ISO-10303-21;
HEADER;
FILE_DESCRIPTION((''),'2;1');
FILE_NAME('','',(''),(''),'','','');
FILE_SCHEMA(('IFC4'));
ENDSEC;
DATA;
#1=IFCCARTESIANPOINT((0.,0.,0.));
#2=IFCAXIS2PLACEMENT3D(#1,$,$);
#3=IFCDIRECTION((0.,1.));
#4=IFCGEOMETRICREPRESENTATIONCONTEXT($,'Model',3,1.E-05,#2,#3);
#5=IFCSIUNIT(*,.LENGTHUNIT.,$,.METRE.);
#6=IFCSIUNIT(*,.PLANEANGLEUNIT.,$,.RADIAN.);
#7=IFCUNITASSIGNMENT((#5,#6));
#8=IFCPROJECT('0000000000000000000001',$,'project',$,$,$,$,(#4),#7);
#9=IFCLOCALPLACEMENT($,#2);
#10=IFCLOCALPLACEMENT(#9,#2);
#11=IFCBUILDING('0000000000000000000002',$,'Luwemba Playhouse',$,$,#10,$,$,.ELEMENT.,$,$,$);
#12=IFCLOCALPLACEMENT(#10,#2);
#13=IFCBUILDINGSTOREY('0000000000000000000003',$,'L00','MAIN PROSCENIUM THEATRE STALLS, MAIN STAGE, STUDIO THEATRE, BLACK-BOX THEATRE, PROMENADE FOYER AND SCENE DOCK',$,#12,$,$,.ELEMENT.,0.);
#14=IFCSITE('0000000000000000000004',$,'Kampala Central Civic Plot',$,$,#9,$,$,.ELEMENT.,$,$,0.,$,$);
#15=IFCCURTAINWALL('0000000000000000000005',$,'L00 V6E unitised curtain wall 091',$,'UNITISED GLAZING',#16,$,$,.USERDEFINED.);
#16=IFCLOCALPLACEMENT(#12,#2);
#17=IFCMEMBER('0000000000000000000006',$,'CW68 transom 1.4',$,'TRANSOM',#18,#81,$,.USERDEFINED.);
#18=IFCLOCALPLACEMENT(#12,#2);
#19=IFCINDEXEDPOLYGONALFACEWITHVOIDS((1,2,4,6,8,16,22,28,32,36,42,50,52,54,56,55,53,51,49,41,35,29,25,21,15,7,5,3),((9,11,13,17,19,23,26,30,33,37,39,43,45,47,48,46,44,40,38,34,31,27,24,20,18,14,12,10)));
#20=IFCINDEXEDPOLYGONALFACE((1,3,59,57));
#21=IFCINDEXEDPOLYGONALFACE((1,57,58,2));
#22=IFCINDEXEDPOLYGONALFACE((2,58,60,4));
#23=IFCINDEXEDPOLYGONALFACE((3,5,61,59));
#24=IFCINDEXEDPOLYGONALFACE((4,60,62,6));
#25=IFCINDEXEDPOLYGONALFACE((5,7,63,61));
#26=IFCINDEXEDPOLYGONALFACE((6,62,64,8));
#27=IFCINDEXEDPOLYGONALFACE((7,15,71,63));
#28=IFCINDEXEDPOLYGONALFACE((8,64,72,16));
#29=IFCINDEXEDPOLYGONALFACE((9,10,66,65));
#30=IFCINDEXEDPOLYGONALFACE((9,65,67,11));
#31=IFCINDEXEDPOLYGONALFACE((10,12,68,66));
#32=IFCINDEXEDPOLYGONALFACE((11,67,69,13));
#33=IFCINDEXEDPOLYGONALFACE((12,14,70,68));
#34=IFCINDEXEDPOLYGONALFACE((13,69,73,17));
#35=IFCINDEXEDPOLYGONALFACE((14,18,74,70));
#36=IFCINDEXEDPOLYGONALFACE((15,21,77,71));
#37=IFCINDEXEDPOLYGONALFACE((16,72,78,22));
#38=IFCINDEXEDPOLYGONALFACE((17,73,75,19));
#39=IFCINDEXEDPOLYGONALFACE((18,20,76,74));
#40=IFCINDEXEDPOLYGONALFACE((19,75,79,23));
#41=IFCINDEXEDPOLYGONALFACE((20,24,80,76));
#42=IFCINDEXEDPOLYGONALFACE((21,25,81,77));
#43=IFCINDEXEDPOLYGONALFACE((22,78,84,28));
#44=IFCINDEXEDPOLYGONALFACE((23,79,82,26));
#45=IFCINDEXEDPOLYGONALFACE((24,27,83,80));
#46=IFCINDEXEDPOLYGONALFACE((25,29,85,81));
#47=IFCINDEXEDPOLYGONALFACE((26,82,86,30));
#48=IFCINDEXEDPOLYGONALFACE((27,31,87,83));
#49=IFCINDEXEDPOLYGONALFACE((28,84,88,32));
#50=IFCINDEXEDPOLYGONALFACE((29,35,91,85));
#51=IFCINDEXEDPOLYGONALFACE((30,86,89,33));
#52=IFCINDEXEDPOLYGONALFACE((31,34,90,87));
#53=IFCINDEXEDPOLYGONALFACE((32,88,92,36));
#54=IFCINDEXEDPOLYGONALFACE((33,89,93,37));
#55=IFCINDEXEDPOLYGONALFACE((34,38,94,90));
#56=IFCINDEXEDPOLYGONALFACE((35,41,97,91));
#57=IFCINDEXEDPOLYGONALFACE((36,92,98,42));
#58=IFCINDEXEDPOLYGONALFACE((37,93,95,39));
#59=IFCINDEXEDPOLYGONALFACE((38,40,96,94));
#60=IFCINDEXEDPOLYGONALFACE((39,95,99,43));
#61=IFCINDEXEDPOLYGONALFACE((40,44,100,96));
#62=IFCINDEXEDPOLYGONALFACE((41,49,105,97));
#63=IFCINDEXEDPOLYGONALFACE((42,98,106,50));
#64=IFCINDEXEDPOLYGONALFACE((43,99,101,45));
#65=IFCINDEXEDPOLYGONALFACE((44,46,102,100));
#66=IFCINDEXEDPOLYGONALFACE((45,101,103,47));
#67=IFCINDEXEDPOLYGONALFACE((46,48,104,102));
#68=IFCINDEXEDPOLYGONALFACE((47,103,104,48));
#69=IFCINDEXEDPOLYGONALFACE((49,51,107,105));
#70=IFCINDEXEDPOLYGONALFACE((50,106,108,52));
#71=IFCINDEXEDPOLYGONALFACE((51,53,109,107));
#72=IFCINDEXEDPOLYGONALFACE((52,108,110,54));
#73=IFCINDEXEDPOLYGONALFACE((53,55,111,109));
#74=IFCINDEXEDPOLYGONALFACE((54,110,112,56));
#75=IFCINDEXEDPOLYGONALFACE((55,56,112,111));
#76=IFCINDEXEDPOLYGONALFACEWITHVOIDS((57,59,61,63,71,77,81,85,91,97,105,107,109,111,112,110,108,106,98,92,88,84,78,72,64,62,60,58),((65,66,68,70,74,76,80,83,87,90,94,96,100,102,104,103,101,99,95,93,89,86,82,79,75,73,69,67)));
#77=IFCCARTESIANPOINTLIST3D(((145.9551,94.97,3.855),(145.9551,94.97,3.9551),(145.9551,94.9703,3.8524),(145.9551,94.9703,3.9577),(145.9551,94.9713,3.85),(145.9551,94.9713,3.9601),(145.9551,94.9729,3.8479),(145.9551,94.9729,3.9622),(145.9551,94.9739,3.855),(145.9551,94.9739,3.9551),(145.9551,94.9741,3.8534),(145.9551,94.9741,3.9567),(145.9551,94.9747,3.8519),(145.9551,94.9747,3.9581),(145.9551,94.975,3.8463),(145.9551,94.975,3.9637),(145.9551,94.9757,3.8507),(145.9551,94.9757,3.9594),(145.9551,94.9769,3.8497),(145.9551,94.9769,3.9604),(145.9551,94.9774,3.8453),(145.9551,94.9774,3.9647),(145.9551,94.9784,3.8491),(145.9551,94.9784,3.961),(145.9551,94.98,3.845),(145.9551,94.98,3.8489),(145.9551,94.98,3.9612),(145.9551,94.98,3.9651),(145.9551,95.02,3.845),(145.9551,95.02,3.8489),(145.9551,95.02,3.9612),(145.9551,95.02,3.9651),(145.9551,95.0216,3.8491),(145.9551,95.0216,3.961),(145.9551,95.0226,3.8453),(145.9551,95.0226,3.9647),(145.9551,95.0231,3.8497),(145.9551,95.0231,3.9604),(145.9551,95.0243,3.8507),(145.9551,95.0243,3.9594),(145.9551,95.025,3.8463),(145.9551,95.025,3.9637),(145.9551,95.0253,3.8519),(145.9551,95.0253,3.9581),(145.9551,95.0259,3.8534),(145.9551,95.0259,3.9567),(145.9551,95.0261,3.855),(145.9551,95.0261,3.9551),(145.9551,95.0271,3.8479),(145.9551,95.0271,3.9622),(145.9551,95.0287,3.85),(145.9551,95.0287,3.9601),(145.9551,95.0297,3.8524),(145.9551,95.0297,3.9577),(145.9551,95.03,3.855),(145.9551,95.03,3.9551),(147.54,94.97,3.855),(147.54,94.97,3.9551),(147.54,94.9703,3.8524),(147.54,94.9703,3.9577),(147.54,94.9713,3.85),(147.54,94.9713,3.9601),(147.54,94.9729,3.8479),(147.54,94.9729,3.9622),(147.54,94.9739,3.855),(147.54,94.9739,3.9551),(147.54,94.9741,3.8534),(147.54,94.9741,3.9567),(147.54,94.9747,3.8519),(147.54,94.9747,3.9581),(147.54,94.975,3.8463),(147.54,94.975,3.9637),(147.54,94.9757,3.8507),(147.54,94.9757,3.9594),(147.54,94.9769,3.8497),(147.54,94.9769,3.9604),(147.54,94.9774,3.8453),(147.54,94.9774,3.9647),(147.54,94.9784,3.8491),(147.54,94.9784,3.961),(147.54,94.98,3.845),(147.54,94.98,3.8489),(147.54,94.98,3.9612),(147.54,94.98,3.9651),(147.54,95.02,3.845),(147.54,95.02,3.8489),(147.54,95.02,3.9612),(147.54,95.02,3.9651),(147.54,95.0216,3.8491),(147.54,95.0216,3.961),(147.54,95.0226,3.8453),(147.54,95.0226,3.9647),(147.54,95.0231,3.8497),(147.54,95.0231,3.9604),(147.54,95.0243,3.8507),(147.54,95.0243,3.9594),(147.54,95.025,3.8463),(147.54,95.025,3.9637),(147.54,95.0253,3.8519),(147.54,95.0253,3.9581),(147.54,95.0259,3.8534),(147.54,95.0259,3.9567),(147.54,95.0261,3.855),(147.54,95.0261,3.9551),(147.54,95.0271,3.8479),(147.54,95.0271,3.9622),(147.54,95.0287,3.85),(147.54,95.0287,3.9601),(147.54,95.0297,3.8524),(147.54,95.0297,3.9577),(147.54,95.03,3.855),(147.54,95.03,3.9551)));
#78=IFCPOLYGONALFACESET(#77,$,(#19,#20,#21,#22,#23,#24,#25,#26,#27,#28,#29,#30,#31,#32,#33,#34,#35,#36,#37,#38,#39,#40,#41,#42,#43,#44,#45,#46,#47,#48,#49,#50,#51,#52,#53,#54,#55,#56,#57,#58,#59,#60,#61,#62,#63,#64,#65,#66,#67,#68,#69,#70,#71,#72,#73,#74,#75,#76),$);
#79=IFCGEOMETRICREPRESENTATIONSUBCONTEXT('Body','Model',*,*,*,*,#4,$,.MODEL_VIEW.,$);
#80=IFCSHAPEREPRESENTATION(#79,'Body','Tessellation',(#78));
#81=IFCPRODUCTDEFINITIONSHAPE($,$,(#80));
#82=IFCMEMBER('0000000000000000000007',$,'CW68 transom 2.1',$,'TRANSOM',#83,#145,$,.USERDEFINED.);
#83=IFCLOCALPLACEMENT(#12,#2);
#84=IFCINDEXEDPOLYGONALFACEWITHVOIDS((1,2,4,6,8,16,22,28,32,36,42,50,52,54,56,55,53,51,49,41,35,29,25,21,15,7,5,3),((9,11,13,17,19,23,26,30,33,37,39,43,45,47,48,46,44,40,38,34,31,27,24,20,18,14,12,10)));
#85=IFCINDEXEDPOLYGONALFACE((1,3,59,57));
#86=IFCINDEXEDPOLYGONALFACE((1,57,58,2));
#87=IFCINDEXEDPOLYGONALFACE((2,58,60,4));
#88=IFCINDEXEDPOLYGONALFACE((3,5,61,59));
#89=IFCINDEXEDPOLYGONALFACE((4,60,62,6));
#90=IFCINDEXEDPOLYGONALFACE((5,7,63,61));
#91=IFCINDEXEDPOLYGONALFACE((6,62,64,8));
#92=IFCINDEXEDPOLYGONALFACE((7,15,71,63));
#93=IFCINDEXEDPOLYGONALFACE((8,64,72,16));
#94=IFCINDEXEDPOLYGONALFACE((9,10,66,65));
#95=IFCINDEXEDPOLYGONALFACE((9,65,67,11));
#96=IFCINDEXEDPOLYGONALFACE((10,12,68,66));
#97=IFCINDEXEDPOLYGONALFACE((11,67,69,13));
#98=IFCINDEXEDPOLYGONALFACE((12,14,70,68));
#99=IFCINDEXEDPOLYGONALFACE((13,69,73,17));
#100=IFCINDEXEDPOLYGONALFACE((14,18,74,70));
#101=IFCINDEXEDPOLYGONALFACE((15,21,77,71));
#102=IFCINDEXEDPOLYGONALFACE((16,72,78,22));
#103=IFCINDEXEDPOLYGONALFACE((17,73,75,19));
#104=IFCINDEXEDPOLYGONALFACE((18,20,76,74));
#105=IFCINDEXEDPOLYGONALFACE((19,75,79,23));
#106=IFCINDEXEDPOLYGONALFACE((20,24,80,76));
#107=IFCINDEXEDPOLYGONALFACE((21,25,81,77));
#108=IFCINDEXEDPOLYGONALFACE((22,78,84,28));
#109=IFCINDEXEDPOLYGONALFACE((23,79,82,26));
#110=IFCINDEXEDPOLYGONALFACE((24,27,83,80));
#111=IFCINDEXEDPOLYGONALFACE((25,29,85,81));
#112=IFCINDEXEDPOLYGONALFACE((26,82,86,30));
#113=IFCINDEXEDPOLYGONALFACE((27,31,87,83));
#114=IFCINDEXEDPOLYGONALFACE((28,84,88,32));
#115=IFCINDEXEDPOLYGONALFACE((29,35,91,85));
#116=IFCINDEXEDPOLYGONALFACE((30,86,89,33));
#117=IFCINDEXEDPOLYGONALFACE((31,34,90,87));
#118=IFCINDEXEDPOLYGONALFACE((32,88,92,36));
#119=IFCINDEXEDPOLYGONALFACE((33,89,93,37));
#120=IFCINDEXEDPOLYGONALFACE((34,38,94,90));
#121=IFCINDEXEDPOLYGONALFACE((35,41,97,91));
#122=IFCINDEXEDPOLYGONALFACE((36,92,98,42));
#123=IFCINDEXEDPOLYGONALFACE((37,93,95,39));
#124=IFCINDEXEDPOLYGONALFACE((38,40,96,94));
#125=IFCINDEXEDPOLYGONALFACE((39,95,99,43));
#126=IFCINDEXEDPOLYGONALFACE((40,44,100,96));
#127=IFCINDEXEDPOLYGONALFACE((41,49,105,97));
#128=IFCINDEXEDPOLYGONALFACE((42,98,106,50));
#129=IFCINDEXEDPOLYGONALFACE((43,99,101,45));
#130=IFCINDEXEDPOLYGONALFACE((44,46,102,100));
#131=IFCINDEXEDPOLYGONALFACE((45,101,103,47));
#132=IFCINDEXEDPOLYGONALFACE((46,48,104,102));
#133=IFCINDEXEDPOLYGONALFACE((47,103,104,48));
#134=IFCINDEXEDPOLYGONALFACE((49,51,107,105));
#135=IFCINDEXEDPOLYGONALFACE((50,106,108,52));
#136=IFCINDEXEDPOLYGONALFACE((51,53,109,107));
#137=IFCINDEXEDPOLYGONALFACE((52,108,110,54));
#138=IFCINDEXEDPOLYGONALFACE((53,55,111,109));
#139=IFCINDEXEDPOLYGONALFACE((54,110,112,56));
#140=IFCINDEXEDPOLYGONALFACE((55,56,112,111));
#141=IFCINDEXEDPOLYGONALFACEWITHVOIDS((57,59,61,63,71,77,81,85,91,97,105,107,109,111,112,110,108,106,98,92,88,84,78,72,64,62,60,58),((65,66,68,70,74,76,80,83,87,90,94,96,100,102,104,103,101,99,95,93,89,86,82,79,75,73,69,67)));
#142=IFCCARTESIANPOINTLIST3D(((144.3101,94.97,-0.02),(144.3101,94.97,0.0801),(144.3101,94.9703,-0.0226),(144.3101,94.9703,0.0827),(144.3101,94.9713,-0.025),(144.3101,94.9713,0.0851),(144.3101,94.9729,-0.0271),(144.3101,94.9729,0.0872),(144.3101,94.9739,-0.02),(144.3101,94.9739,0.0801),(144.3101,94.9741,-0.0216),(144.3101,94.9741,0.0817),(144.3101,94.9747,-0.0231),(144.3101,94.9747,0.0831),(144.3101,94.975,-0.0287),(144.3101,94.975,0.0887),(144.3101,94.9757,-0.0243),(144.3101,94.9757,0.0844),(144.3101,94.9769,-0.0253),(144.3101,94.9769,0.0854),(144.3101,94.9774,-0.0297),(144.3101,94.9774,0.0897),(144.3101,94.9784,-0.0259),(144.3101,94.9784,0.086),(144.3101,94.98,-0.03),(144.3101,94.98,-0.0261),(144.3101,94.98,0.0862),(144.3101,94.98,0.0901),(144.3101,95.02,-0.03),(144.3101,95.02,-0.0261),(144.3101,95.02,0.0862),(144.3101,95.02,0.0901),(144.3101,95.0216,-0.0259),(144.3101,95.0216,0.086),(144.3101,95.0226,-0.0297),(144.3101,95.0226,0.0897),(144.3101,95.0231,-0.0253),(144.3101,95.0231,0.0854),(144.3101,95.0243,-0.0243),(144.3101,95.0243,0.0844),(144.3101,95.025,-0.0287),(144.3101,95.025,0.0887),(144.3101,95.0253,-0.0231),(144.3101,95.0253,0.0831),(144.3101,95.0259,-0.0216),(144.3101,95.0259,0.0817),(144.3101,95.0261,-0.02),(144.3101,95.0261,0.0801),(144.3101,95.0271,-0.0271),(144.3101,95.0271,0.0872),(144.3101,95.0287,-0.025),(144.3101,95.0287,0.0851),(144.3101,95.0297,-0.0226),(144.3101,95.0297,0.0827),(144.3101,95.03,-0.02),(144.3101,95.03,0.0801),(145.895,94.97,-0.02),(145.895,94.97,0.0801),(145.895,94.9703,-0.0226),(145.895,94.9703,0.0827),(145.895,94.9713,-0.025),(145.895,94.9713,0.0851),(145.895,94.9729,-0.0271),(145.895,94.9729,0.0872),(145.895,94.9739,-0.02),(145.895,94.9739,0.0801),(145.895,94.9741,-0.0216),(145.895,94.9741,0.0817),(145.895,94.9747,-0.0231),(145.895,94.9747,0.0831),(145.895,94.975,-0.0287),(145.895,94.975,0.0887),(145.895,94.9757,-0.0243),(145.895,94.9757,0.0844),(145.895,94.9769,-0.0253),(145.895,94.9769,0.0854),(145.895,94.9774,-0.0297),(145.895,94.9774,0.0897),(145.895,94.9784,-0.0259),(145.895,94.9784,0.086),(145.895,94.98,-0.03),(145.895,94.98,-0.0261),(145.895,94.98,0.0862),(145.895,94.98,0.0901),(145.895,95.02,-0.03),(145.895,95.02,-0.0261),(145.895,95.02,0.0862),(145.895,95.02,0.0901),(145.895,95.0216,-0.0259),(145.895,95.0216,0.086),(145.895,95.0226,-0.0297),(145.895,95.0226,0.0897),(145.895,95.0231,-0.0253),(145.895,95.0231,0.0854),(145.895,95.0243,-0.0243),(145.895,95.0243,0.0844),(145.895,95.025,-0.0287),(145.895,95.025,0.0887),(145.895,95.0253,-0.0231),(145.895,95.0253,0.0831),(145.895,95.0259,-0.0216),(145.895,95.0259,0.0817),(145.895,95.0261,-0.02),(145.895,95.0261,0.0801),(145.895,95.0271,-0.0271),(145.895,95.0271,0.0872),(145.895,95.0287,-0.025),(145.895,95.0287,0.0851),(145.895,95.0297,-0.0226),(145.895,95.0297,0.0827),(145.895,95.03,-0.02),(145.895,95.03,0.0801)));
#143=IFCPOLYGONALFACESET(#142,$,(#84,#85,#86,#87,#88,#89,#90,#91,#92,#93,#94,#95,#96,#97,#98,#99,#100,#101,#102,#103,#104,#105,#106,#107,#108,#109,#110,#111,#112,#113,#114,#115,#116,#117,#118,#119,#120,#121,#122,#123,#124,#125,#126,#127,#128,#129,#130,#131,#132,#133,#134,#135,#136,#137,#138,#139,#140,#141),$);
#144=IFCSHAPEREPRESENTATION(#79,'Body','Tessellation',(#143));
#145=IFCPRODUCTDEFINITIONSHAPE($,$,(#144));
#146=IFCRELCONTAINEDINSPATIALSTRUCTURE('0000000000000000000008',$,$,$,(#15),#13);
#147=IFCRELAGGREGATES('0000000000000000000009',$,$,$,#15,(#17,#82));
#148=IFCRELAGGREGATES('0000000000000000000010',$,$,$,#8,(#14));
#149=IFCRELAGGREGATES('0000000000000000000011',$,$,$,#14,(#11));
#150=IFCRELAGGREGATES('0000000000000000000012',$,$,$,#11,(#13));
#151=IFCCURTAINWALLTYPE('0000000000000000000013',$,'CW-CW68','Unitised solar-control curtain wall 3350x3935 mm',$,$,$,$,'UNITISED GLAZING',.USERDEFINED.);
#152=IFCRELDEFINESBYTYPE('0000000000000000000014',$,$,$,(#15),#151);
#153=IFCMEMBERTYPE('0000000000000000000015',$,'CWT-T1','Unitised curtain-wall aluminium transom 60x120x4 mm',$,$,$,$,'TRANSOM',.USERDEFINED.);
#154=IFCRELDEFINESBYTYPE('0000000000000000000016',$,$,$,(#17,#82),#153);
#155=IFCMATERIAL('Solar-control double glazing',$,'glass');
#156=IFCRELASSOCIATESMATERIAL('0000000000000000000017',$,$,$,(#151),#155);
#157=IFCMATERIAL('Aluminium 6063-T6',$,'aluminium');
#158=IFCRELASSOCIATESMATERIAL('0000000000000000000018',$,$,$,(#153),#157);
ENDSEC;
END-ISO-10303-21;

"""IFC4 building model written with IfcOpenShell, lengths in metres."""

from ifc_helpers import new_model, si_unit, direction, frame, origin, origin_2d, place, context, subcontext, project, spatial, hollow_rectangle, extrude, material, material_profile, profile_set, type_object, element, aggregate, save


model = new_model("IFC4")

# Units and contexts
model_context = context("Model", 3, precision=1e-05, world=origin(), true_north=direction((0.0, 1.0)))
body_context = subcontext(model_context, "Body", "Model", "MODEL_VIEW")
ifc_project = project(units=[si_unit("LENGTHUNIT", "METRE"), si_unit("PLANEANGLEUNIT", "RADIAN")], contexts=[model_context])

# Site, building, storey
site_placement = place(None, origin())
site = spatial("IfcSite", under=ifc_project, at=site_placement, Name="Kampala Central Civic Plot", CompositionType="ELEMENT", RefElevation=0.0)
building_placement = place(site_placement, origin())
building = spatial("IfcBuilding", under=site, at=building_placement, Name="Luwemba Playhouse", CompositionType="ELEMENT")
storey_placement = place(building_placement, origin())
storey = spatial("IfcBuildingStorey", under=building, at=storey_placement, Name="L00", Description="MAIN PROSCENIUM THEATRE STALLS, MAIN STAGE, STUDIO THEATRE, BLACK-BOX THEATRE, PROMENADE FOYER AND SCENE DOCK", CompositionType="ELEMENT", Elevation=0.0)

# Curtain wall
ifc_material_1 = material(Name="Solar-control double glazing", Category="glass")
curtain_wall_type_1 = type_object("IfcCurtainWallType", Name="CW-CW68", Description="Unitised solar-control curtain wall 3350x3935 mm", ElementType="UNITISED GLAZING", PredefinedType="USERDEFINED", material=ifc_material_1)
curtain_wall_1_placement = place(storey_placement, origin())
curtain_wall_1 = element("IfcCurtainWall", 1, at=curtain_wall_1_placement, inside=storey, type_object=curtain_wall_type_1, Name="L00 V6E unitised curtain wall 091", ObjectType="UNITISED GLAZING", PredefinedType="USERDEFINED")
ifc_material_2 = material(Name="Aluminium 6063-T6", Category="aluminium")

# Members
ifc_material_profile_1 = material_profile(ifc_material_2, hollow_rectangle(XDim=0.0601, YDim=0.1201, WallThickness=0.0039, InnerFilletRadius=0.0061, OuterFilletRadius=0.01, at=origin_2d()))
ifc_profile_set_1 = profile_set([ifc_material_profile_1], Name="Aluminium 6063-T6")
member_type_1 = type_object("IfcMemberType", Name="CWT-T1", Description="Unitised curtain-wall aluminium transom 60x120x4 mm", ElementType="TRANSOM", PredefinedType="USERDEFINED", material=ifc_profile_set_1)
member_1_placement = place(storey_placement, frame((147.54, 95.0, 3.905), z_axis=(-1.0, 0.0, 0.0), x_axis=(0.0, -1.0, 0.0)))
member_1 = element("IfcMember", 2, at=member_1_placement, type_object=member_type_1, Name="CW68 transom 1.4", ObjectType="TRANSOM", PredefinedType="USERDEFINED", context=body_context, shape_type="SweptSolid", body=[
    extrude(hollow_rectangle(XDim=0.0601, YDim=0.1201, WallThickness=0.0039, InnerFilletRadius=0.0061, OuterFilletRadius=0.01, at=origin_2d()), origin(), (0.0, 0.0, 1.0), 1.585),
])
member_2_placement = place(storey_placement, frame((145.895, 95.0, 0.03), z_axis=(-1.0, 0.0, 0.0), x_axis=(0.0, -1.0, 0.0)))
member_2 = element("IfcMember", 3, at=member_2_placement, type_object=member_type_1, Name="CW68 transom 2.1", ObjectType="TRANSOM", PredefinedType="USERDEFINED", context=body_context, shape_type="SweptSolid", body=[
    extrude(hollow_rectangle(XDim=0.0601, YDim=0.1201, WallThickness=0.0039, InnerFilletRadius=0.0061, OuterFilletRadius=0.01, at=origin_2d()), origin(), (0.0, 0.0, 1.0), 1.585),
])

aggregate(curtain_wall_1, [member_1, member_2])

save(model, "model.ifc")
